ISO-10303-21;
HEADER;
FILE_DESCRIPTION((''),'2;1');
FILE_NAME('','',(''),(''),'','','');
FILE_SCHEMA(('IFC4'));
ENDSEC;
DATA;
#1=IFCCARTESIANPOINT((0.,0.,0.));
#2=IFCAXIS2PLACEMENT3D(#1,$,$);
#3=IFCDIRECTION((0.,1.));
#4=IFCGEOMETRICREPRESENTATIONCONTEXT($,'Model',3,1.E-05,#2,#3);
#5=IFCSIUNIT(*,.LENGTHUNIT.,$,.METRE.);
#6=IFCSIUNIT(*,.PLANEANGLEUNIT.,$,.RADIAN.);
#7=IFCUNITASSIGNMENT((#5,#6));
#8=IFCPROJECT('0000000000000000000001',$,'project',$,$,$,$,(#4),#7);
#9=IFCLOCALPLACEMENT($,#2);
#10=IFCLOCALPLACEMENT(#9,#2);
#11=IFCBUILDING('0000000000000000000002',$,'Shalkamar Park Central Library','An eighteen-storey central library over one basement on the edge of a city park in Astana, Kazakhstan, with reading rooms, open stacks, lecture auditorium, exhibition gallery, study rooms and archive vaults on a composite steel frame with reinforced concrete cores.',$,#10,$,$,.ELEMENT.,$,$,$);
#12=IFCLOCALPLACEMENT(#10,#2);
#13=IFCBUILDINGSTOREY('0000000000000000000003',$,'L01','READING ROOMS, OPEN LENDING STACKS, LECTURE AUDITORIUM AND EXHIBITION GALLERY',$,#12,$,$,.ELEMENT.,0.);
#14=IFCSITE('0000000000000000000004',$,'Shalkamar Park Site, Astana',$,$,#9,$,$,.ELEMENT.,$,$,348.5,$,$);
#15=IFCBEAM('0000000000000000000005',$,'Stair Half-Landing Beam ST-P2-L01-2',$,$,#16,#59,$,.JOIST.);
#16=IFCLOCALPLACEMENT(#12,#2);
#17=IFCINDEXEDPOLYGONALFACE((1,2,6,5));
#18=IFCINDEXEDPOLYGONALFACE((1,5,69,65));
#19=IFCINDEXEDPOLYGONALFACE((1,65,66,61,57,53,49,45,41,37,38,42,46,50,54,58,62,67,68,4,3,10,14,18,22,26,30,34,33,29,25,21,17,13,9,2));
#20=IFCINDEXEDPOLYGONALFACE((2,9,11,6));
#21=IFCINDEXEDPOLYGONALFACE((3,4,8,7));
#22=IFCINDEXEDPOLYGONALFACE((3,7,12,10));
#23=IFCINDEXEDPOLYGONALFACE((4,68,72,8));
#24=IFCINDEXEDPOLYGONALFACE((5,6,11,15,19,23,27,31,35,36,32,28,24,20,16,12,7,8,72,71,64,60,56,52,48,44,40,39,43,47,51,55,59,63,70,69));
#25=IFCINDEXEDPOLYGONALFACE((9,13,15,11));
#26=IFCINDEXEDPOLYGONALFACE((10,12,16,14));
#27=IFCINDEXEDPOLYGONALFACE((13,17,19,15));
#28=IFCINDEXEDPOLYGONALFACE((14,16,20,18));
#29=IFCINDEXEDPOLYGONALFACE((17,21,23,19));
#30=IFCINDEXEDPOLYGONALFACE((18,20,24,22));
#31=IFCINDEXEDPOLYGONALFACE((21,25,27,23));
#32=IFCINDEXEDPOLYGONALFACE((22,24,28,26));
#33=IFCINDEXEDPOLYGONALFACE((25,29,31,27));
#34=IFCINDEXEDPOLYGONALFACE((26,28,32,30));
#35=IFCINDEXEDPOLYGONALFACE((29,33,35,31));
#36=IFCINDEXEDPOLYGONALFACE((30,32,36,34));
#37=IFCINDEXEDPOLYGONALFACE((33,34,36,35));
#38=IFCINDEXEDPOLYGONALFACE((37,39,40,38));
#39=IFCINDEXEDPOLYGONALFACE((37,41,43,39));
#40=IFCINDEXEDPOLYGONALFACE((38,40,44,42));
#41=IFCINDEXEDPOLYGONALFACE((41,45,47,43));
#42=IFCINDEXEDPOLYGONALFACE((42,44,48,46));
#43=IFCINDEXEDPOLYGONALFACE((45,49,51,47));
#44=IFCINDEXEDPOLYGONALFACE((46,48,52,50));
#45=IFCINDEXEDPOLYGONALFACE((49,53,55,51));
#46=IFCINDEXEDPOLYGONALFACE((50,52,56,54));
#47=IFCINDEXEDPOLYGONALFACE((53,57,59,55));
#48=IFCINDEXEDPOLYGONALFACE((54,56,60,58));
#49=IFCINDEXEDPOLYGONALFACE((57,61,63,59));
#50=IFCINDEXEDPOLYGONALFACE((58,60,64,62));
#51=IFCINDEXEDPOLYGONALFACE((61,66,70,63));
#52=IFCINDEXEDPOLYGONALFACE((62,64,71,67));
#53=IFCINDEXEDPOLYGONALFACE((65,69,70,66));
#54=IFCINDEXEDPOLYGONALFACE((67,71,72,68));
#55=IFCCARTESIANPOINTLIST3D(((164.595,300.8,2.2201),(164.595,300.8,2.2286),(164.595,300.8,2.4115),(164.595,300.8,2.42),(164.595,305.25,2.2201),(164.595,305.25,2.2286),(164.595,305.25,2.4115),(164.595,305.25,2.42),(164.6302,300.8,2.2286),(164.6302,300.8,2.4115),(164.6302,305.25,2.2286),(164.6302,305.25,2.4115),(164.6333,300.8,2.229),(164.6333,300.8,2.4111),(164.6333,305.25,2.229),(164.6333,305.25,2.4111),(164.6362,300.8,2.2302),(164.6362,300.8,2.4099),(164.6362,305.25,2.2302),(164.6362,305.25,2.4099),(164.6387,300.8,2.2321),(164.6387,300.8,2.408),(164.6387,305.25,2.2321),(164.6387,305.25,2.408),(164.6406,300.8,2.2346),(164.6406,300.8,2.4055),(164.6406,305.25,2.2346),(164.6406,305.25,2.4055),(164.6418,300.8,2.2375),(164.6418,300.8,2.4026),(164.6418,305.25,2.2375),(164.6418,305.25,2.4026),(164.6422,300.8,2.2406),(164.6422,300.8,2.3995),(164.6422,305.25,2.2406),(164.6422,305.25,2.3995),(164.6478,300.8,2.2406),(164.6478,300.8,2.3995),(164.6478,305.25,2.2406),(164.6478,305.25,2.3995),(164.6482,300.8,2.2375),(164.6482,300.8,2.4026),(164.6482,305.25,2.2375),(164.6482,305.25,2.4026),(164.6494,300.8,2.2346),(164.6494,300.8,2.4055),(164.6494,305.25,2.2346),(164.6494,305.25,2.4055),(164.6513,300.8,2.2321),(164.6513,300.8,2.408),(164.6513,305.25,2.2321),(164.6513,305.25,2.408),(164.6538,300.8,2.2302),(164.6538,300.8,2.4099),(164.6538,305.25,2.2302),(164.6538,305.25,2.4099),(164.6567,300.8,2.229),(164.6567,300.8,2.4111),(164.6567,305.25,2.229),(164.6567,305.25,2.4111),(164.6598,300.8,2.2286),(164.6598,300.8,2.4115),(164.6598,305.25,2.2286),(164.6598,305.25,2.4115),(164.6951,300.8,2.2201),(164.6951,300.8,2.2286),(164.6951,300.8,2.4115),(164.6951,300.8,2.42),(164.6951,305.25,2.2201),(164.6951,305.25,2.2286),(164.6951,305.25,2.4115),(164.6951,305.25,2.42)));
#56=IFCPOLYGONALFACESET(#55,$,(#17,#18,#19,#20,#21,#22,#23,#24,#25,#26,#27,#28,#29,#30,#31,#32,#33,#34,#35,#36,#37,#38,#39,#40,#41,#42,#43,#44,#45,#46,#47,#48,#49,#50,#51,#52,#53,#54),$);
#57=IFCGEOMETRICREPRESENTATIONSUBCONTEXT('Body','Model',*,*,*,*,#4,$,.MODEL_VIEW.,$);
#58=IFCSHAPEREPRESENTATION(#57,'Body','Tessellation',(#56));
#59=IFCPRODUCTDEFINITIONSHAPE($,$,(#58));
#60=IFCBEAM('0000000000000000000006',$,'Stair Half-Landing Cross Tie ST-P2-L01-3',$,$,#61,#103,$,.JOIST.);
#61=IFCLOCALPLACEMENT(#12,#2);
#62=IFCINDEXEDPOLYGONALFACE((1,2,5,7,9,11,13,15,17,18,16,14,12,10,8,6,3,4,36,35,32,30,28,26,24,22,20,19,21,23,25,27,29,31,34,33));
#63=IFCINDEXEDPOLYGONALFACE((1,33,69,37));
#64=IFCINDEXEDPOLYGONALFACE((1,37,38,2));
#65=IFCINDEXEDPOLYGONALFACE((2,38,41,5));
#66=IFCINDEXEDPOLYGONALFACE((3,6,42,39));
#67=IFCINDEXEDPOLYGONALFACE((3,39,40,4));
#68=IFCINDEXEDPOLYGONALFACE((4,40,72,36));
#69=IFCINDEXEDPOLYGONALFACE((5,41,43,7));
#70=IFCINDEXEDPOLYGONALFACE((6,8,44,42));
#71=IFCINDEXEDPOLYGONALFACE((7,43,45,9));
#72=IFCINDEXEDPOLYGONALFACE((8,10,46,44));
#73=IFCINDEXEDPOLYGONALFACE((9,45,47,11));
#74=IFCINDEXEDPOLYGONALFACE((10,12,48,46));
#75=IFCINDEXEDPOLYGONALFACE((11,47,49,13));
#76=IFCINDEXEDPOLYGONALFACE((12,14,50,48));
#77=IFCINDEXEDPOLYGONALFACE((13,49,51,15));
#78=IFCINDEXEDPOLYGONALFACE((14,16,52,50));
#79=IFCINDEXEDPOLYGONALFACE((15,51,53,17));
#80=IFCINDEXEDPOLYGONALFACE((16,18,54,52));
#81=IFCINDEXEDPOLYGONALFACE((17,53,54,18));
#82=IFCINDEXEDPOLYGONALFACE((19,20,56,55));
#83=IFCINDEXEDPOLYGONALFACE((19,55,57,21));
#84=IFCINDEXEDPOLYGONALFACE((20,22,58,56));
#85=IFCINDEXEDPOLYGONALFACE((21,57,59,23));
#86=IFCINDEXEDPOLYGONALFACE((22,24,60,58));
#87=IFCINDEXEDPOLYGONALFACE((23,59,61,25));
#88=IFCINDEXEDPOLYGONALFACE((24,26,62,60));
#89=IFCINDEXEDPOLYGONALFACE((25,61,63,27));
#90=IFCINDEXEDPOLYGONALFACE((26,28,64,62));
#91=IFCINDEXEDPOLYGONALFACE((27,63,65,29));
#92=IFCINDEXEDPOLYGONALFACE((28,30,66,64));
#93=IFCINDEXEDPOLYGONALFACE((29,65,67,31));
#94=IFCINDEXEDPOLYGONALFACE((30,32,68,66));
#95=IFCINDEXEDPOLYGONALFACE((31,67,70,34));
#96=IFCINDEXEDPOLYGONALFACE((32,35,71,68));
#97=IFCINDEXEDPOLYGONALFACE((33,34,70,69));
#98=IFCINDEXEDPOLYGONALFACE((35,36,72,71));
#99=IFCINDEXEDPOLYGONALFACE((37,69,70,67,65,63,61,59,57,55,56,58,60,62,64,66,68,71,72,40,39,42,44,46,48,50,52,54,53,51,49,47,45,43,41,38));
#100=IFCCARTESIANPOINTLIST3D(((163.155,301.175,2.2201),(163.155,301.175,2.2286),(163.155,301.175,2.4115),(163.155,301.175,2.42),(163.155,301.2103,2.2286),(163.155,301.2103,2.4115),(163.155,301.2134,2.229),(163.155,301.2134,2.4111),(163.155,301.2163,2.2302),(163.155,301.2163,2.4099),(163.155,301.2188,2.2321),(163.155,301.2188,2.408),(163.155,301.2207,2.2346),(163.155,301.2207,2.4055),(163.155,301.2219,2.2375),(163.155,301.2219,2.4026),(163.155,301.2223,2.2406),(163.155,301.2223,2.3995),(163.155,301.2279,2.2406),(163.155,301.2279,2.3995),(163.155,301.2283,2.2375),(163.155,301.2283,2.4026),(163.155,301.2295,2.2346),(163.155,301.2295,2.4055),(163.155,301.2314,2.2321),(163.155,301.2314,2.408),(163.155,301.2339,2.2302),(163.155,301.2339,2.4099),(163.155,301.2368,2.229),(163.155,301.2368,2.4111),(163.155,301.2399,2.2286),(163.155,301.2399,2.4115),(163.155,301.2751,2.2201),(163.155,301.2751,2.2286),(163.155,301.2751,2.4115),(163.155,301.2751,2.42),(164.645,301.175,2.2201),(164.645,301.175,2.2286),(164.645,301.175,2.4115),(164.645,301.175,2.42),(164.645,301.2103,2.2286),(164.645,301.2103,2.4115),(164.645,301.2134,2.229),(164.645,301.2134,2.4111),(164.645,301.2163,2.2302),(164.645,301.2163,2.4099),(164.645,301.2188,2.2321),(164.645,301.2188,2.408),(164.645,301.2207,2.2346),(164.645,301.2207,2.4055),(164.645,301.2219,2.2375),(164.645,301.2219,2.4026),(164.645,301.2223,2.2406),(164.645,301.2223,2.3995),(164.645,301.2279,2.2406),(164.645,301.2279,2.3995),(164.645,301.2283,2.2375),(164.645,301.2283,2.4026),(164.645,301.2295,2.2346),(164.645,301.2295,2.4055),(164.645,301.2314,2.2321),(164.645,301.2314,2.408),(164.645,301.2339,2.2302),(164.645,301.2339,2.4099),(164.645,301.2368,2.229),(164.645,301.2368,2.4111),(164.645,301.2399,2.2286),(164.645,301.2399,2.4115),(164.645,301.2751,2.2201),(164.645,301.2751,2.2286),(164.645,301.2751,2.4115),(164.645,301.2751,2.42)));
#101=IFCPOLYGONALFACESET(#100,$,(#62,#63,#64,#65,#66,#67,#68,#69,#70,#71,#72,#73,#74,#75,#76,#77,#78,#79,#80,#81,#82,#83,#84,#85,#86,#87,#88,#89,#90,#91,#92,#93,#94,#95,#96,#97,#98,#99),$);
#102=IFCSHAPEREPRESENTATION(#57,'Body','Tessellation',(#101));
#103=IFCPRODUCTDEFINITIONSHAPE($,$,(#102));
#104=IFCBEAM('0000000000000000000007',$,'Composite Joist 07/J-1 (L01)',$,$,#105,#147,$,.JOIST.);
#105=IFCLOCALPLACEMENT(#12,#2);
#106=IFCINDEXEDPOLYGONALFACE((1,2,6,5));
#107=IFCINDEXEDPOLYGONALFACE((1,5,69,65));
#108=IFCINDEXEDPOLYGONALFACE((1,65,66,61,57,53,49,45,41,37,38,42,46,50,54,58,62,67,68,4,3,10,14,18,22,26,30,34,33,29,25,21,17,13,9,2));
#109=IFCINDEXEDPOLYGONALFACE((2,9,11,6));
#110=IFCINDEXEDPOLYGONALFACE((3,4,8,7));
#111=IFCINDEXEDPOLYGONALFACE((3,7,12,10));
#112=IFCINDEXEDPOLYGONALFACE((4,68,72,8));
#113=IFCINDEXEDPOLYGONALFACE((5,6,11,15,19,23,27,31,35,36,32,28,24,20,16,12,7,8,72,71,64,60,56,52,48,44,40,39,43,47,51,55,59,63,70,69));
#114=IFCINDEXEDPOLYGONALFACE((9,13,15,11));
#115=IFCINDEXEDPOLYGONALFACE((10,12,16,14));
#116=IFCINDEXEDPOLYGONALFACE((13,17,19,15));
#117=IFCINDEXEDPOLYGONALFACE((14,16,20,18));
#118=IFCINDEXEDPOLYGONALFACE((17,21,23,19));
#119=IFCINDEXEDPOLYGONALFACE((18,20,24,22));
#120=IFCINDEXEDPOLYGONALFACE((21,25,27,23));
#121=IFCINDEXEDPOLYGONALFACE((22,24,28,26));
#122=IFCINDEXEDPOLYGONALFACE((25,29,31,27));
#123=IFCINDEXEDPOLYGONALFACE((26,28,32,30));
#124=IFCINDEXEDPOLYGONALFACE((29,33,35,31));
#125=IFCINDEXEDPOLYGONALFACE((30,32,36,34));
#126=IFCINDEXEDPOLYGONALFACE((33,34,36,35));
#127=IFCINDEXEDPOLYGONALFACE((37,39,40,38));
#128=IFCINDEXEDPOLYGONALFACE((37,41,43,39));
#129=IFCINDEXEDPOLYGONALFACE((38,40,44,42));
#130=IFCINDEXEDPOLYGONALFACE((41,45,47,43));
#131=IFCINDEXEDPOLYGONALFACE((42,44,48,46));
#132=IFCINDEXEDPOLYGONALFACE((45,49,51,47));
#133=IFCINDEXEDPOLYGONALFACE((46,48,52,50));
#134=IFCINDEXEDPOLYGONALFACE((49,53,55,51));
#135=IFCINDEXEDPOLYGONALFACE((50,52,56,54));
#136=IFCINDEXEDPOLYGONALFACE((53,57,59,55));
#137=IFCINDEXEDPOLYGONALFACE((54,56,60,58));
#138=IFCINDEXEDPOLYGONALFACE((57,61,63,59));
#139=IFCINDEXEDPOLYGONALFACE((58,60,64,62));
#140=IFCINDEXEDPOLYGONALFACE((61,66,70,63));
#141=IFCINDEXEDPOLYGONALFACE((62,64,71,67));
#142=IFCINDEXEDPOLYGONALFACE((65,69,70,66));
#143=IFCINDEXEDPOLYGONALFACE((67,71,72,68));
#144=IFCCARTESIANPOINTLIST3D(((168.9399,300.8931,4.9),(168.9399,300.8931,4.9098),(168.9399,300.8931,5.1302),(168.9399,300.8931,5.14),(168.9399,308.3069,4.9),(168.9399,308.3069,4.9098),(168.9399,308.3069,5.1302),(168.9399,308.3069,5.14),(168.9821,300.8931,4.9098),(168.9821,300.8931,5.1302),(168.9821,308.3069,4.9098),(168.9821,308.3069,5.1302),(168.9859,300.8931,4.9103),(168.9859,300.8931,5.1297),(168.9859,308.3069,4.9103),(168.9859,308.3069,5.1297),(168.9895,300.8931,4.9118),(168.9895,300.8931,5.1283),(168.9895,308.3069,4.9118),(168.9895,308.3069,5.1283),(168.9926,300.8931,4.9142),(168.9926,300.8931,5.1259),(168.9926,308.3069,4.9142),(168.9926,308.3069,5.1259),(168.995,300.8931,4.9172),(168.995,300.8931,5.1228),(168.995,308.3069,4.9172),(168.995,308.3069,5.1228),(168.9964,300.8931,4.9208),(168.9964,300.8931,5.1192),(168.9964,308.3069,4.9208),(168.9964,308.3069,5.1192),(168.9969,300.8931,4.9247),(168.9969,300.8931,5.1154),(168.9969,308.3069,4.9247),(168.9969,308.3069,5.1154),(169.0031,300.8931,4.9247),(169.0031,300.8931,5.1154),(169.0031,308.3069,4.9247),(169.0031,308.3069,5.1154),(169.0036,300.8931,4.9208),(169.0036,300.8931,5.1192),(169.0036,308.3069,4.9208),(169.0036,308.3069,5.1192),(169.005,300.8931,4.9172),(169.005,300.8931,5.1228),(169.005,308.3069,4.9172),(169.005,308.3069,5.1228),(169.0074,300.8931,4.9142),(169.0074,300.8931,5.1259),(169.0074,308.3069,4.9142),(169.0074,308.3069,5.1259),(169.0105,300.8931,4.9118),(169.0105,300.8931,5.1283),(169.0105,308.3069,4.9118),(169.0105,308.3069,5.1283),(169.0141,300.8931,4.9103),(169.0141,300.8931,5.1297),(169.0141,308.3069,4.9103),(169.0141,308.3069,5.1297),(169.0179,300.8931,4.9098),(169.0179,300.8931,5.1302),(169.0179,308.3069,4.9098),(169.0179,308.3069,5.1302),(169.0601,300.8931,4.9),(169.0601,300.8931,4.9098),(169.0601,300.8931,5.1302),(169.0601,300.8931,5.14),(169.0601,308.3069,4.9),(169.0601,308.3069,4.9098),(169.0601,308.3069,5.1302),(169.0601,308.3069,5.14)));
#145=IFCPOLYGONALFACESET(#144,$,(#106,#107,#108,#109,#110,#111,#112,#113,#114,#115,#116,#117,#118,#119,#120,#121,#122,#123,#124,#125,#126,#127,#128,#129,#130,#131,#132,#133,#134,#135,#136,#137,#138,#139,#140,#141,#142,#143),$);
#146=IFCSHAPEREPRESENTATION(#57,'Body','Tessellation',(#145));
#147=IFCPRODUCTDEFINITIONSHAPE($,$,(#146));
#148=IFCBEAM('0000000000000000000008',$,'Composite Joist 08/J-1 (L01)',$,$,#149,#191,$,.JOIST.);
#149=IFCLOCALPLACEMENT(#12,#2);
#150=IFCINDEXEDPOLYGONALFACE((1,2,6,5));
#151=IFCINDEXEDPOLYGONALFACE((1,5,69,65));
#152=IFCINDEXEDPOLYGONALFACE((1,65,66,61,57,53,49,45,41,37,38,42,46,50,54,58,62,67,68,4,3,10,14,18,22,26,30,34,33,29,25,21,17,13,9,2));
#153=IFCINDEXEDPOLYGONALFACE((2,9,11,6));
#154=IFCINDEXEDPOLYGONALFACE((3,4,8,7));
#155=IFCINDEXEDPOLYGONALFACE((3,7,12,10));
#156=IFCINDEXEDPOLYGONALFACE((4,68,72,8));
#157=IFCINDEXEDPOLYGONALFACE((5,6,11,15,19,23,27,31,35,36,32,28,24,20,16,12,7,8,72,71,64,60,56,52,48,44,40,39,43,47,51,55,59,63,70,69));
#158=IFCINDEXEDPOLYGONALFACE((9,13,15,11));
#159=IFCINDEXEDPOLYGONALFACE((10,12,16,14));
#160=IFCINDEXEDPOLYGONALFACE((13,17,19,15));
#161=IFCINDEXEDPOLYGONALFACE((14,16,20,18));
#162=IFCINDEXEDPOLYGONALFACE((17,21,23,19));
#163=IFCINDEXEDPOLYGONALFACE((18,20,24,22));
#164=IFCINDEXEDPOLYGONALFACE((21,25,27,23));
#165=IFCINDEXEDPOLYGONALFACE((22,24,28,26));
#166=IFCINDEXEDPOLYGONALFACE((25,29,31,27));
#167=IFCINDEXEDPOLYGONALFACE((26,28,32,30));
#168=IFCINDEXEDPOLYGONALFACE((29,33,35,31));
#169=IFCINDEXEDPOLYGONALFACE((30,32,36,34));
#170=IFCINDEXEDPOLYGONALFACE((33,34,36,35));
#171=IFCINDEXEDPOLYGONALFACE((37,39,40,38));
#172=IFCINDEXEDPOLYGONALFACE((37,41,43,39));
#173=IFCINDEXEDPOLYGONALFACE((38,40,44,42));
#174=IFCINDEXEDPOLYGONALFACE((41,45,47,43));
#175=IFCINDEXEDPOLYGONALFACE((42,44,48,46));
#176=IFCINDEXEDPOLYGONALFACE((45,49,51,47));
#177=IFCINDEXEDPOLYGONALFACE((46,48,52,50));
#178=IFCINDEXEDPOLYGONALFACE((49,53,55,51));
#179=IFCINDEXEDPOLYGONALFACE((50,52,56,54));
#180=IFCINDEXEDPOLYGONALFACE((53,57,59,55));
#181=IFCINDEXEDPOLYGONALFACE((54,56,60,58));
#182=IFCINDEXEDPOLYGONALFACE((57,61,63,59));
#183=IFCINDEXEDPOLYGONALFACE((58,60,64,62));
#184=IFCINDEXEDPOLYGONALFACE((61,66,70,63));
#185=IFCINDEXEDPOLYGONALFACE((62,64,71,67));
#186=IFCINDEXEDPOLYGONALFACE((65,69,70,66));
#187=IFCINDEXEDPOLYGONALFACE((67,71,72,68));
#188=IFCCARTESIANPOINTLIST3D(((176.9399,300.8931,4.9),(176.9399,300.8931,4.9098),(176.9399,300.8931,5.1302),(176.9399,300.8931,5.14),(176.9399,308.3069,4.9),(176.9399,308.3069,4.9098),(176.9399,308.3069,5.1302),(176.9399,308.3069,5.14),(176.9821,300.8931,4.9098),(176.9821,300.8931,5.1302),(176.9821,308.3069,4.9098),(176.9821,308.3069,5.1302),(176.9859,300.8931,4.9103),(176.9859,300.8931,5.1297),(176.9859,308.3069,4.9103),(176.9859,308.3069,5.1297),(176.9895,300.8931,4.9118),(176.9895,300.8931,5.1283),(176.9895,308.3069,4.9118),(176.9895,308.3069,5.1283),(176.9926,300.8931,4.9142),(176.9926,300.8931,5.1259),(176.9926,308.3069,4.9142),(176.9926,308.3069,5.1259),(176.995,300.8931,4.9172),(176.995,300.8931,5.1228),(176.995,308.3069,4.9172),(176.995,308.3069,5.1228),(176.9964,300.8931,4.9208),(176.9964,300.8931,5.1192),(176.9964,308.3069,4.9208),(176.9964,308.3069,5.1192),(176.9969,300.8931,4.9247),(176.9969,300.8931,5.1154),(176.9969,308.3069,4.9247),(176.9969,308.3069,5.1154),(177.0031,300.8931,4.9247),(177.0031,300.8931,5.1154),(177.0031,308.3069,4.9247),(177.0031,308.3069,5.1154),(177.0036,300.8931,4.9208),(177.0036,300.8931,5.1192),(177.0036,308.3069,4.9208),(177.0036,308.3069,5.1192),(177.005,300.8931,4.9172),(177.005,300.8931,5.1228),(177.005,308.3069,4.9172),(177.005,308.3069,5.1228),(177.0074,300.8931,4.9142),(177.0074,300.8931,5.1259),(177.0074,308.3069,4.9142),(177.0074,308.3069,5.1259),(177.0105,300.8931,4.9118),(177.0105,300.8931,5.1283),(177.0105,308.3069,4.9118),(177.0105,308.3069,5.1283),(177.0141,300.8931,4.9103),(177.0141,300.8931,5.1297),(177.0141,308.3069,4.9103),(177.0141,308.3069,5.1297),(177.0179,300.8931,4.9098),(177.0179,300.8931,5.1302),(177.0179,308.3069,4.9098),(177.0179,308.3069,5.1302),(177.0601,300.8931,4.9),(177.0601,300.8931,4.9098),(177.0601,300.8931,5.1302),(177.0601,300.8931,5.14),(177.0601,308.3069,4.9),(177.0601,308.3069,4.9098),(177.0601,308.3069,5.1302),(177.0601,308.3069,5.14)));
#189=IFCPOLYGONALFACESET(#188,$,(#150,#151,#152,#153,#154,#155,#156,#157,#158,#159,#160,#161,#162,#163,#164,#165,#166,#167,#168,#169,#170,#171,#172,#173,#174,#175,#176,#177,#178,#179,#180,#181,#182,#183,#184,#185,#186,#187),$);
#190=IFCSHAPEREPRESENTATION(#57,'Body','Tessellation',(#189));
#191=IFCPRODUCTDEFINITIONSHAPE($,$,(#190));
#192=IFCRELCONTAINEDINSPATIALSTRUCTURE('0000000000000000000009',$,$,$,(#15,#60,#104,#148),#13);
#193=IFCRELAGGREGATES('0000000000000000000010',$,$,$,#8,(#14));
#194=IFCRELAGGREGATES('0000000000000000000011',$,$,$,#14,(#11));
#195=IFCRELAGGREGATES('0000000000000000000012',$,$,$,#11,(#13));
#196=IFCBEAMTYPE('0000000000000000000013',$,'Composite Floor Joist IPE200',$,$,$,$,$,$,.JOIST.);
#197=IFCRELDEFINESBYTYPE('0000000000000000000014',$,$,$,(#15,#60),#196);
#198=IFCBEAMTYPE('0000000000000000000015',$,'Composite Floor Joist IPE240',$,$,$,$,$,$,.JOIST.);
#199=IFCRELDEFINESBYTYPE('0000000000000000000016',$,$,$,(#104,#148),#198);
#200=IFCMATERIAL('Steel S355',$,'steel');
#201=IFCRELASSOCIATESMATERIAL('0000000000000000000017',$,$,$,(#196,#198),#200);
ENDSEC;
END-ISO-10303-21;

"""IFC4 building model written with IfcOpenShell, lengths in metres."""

from ifc_helpers import new_model, si_unit, direction, frame, origin, origin_2d, place, context, subcontext, project, spatial, i_section, extrude, material, material_profile, profile_set, type_object, element, save


model = new_model("IFC4")

# Units and contexts
model_context = context("Model", 3, precision=1e-05, world=origin(), true_north=direction((0.0, 1.0)))
body_context = subcontext(model_context, "Body", "Model", "MODEL_VIEW")
ifc_project = project(units=[si_unit("LENGTHUNIT", "METRE"), si_unit("PLANEANGLEUNIT", "RADIAN")], contexts=[model_context])

# Site, building, storey
site_placement = place(None, origin())
site = spatial("IfcSite", under=ifc_project, at=site_placement, Name="Shalkamar Park Site, Astana", CompositionType="ELEMENT", RefElevation=348.5)
building_placement = place(site_placement, origin())
building = spatial("IfcBuilding", under=site, at=building_placement, Name="Shalkamar Park Central Library", Description="An eighteen-storey central library over one basement on the edge of a city park in Astana, Kazakhstan, with reading rooms, open stacks, lecture auditorium, exhibition gallery, study rooms and archive vaults on a composite steel frame with reinforced concrete cores.", CompositionType="ELEMENT")
storey_placement = place(building_placement, origin())
storey = spatial("IfcBuildingStorey", under=building, at=storey_placement, Name="L01", Description="READING ROOMS, OPEN LENDING STACKS, LECTURE AUDITORIUM AND EXHIBITION GALLERY", CompositionType="ELEMENT", Elevation=0.0)

# Shared definitions
ifc_material_1 = material(Name="Steel S355", Category="steel")

# Beams
ifc_material_profile_1 = material_profile(ifc_material_1, i_section(OverallWidth=0.1001, OverallDepth=0.2, WebThickness=0.0056, FlangeThickness=0.0085, FilletRadius=0.012, at=origin_2d()), Name="IPE 200")
ifc_profile_set_1 = profile_set([ifc_material_profile_1], Name="Steel S355")
beam_type_1 = type_object("IfcBeamType", Name="Composite Floor Joist IPE200", PredefinedType="JOIST", material=ifc_profile_set_1)
for number, where, z_axis, x_axis, name in (
    (1, (164.645, 300.8, 2.3201), (0.0, 1.0, 0.0), (-1.0, 0.0, 0.0), "Stair Half-Landing Beam ST-P2-L01-2"),
):
    element("IfcBeam", number, at=place(storey_placement, frame(where, z_axis=z_axis, x_axis=x_axis)), inside=storey, type_object=beam_type_1, Name=name, PredefinedType="JOIST", context=body_context, shape_type="SweptSolid", body=[
        extrude(i_section(OverallWidth=0.1001, OverallDepth=0.2, WebThickness=0.0056, FlangeThickness=0.0085, FilletRadius=0.012, at=origin_2d()), origin(), (0.0, 0.0, 1.0), 4.45),
    ])
beam_1_placement = place(storey_placement, frame((163.155, 301.2251, 2.3201), z_axis=(1.0, 0.0, 0.0), x_axis=(0.0, 1.0, 0.0)))
element("IfcBeam", 2, at=beam_1_placement, inside=storey, type_object=beam_type_1, Name="Stair Half-Landing Cross Tie ST-P2-L01-3", PredefinedType="JOIST", context=body_context, shape_type="SweptSolid", body=[
    extrude(i_section(OverallWidth=0.1001, OverallDepth=0.2, WebThickness=0.0056, FlangeThickness=0.0085, FilletRadius=0.012, at=origin_2d()), origin(), (0.0, 0.0, 1.0), 1.49),
])
ifc_material_profile_2 = material_profile(ifc_material_1, i_section(OverallWidth=0.1201, OverallDepth=0.24, WebThickness=0.0061, FlangeThickness=0.0098, FilletRadius=0.0149, at=origin_2d()), Name="IPE 240")
ifc_profile_set_2 = profile_set([ifc_material_profile_2], Name="Steel S355")
beam_type_2 = type_object("IfcBeamType", Name="Composite Floor Joist IPE240", PredefinedType="JOIST", material=ifc_profile_set_2)
for number, where, z_axis, x_axis, name in (
    (3, (169.0, 300.8931, 5.02), (0.0, 1.0, 0.0), (-1.0, 0.0, 0.0), "Composite Joist 07/J-1 (L01)"),
    (4, (177.0, 300.8931, 5.02), (0.0, 1.0, 0.0), (-1.0, 0.0, 0.0), "Composite Joist 08/J-1 (L01)"),
):
    element("IfcBeam", number, at=place(storey_placement, frame(where, z_axis=z_axis, x_axis=x_axis)), inside=storey, type_object=beam_type_2, Name=name, PredefinedType="JOIST", context=body_context, shape_type="SweptSolid", body=[
        extrude(i_section(OverallWidth=0.1201, OverallDepth=0.24, WebThickness=0.0061, FlangeThickness=0.0098, FilletRadius=0.0149, at=origin_2d()), origin(), (0.0, 0.0, 1.0), 7.4138),
    ])

save(model, "model.ifc")
